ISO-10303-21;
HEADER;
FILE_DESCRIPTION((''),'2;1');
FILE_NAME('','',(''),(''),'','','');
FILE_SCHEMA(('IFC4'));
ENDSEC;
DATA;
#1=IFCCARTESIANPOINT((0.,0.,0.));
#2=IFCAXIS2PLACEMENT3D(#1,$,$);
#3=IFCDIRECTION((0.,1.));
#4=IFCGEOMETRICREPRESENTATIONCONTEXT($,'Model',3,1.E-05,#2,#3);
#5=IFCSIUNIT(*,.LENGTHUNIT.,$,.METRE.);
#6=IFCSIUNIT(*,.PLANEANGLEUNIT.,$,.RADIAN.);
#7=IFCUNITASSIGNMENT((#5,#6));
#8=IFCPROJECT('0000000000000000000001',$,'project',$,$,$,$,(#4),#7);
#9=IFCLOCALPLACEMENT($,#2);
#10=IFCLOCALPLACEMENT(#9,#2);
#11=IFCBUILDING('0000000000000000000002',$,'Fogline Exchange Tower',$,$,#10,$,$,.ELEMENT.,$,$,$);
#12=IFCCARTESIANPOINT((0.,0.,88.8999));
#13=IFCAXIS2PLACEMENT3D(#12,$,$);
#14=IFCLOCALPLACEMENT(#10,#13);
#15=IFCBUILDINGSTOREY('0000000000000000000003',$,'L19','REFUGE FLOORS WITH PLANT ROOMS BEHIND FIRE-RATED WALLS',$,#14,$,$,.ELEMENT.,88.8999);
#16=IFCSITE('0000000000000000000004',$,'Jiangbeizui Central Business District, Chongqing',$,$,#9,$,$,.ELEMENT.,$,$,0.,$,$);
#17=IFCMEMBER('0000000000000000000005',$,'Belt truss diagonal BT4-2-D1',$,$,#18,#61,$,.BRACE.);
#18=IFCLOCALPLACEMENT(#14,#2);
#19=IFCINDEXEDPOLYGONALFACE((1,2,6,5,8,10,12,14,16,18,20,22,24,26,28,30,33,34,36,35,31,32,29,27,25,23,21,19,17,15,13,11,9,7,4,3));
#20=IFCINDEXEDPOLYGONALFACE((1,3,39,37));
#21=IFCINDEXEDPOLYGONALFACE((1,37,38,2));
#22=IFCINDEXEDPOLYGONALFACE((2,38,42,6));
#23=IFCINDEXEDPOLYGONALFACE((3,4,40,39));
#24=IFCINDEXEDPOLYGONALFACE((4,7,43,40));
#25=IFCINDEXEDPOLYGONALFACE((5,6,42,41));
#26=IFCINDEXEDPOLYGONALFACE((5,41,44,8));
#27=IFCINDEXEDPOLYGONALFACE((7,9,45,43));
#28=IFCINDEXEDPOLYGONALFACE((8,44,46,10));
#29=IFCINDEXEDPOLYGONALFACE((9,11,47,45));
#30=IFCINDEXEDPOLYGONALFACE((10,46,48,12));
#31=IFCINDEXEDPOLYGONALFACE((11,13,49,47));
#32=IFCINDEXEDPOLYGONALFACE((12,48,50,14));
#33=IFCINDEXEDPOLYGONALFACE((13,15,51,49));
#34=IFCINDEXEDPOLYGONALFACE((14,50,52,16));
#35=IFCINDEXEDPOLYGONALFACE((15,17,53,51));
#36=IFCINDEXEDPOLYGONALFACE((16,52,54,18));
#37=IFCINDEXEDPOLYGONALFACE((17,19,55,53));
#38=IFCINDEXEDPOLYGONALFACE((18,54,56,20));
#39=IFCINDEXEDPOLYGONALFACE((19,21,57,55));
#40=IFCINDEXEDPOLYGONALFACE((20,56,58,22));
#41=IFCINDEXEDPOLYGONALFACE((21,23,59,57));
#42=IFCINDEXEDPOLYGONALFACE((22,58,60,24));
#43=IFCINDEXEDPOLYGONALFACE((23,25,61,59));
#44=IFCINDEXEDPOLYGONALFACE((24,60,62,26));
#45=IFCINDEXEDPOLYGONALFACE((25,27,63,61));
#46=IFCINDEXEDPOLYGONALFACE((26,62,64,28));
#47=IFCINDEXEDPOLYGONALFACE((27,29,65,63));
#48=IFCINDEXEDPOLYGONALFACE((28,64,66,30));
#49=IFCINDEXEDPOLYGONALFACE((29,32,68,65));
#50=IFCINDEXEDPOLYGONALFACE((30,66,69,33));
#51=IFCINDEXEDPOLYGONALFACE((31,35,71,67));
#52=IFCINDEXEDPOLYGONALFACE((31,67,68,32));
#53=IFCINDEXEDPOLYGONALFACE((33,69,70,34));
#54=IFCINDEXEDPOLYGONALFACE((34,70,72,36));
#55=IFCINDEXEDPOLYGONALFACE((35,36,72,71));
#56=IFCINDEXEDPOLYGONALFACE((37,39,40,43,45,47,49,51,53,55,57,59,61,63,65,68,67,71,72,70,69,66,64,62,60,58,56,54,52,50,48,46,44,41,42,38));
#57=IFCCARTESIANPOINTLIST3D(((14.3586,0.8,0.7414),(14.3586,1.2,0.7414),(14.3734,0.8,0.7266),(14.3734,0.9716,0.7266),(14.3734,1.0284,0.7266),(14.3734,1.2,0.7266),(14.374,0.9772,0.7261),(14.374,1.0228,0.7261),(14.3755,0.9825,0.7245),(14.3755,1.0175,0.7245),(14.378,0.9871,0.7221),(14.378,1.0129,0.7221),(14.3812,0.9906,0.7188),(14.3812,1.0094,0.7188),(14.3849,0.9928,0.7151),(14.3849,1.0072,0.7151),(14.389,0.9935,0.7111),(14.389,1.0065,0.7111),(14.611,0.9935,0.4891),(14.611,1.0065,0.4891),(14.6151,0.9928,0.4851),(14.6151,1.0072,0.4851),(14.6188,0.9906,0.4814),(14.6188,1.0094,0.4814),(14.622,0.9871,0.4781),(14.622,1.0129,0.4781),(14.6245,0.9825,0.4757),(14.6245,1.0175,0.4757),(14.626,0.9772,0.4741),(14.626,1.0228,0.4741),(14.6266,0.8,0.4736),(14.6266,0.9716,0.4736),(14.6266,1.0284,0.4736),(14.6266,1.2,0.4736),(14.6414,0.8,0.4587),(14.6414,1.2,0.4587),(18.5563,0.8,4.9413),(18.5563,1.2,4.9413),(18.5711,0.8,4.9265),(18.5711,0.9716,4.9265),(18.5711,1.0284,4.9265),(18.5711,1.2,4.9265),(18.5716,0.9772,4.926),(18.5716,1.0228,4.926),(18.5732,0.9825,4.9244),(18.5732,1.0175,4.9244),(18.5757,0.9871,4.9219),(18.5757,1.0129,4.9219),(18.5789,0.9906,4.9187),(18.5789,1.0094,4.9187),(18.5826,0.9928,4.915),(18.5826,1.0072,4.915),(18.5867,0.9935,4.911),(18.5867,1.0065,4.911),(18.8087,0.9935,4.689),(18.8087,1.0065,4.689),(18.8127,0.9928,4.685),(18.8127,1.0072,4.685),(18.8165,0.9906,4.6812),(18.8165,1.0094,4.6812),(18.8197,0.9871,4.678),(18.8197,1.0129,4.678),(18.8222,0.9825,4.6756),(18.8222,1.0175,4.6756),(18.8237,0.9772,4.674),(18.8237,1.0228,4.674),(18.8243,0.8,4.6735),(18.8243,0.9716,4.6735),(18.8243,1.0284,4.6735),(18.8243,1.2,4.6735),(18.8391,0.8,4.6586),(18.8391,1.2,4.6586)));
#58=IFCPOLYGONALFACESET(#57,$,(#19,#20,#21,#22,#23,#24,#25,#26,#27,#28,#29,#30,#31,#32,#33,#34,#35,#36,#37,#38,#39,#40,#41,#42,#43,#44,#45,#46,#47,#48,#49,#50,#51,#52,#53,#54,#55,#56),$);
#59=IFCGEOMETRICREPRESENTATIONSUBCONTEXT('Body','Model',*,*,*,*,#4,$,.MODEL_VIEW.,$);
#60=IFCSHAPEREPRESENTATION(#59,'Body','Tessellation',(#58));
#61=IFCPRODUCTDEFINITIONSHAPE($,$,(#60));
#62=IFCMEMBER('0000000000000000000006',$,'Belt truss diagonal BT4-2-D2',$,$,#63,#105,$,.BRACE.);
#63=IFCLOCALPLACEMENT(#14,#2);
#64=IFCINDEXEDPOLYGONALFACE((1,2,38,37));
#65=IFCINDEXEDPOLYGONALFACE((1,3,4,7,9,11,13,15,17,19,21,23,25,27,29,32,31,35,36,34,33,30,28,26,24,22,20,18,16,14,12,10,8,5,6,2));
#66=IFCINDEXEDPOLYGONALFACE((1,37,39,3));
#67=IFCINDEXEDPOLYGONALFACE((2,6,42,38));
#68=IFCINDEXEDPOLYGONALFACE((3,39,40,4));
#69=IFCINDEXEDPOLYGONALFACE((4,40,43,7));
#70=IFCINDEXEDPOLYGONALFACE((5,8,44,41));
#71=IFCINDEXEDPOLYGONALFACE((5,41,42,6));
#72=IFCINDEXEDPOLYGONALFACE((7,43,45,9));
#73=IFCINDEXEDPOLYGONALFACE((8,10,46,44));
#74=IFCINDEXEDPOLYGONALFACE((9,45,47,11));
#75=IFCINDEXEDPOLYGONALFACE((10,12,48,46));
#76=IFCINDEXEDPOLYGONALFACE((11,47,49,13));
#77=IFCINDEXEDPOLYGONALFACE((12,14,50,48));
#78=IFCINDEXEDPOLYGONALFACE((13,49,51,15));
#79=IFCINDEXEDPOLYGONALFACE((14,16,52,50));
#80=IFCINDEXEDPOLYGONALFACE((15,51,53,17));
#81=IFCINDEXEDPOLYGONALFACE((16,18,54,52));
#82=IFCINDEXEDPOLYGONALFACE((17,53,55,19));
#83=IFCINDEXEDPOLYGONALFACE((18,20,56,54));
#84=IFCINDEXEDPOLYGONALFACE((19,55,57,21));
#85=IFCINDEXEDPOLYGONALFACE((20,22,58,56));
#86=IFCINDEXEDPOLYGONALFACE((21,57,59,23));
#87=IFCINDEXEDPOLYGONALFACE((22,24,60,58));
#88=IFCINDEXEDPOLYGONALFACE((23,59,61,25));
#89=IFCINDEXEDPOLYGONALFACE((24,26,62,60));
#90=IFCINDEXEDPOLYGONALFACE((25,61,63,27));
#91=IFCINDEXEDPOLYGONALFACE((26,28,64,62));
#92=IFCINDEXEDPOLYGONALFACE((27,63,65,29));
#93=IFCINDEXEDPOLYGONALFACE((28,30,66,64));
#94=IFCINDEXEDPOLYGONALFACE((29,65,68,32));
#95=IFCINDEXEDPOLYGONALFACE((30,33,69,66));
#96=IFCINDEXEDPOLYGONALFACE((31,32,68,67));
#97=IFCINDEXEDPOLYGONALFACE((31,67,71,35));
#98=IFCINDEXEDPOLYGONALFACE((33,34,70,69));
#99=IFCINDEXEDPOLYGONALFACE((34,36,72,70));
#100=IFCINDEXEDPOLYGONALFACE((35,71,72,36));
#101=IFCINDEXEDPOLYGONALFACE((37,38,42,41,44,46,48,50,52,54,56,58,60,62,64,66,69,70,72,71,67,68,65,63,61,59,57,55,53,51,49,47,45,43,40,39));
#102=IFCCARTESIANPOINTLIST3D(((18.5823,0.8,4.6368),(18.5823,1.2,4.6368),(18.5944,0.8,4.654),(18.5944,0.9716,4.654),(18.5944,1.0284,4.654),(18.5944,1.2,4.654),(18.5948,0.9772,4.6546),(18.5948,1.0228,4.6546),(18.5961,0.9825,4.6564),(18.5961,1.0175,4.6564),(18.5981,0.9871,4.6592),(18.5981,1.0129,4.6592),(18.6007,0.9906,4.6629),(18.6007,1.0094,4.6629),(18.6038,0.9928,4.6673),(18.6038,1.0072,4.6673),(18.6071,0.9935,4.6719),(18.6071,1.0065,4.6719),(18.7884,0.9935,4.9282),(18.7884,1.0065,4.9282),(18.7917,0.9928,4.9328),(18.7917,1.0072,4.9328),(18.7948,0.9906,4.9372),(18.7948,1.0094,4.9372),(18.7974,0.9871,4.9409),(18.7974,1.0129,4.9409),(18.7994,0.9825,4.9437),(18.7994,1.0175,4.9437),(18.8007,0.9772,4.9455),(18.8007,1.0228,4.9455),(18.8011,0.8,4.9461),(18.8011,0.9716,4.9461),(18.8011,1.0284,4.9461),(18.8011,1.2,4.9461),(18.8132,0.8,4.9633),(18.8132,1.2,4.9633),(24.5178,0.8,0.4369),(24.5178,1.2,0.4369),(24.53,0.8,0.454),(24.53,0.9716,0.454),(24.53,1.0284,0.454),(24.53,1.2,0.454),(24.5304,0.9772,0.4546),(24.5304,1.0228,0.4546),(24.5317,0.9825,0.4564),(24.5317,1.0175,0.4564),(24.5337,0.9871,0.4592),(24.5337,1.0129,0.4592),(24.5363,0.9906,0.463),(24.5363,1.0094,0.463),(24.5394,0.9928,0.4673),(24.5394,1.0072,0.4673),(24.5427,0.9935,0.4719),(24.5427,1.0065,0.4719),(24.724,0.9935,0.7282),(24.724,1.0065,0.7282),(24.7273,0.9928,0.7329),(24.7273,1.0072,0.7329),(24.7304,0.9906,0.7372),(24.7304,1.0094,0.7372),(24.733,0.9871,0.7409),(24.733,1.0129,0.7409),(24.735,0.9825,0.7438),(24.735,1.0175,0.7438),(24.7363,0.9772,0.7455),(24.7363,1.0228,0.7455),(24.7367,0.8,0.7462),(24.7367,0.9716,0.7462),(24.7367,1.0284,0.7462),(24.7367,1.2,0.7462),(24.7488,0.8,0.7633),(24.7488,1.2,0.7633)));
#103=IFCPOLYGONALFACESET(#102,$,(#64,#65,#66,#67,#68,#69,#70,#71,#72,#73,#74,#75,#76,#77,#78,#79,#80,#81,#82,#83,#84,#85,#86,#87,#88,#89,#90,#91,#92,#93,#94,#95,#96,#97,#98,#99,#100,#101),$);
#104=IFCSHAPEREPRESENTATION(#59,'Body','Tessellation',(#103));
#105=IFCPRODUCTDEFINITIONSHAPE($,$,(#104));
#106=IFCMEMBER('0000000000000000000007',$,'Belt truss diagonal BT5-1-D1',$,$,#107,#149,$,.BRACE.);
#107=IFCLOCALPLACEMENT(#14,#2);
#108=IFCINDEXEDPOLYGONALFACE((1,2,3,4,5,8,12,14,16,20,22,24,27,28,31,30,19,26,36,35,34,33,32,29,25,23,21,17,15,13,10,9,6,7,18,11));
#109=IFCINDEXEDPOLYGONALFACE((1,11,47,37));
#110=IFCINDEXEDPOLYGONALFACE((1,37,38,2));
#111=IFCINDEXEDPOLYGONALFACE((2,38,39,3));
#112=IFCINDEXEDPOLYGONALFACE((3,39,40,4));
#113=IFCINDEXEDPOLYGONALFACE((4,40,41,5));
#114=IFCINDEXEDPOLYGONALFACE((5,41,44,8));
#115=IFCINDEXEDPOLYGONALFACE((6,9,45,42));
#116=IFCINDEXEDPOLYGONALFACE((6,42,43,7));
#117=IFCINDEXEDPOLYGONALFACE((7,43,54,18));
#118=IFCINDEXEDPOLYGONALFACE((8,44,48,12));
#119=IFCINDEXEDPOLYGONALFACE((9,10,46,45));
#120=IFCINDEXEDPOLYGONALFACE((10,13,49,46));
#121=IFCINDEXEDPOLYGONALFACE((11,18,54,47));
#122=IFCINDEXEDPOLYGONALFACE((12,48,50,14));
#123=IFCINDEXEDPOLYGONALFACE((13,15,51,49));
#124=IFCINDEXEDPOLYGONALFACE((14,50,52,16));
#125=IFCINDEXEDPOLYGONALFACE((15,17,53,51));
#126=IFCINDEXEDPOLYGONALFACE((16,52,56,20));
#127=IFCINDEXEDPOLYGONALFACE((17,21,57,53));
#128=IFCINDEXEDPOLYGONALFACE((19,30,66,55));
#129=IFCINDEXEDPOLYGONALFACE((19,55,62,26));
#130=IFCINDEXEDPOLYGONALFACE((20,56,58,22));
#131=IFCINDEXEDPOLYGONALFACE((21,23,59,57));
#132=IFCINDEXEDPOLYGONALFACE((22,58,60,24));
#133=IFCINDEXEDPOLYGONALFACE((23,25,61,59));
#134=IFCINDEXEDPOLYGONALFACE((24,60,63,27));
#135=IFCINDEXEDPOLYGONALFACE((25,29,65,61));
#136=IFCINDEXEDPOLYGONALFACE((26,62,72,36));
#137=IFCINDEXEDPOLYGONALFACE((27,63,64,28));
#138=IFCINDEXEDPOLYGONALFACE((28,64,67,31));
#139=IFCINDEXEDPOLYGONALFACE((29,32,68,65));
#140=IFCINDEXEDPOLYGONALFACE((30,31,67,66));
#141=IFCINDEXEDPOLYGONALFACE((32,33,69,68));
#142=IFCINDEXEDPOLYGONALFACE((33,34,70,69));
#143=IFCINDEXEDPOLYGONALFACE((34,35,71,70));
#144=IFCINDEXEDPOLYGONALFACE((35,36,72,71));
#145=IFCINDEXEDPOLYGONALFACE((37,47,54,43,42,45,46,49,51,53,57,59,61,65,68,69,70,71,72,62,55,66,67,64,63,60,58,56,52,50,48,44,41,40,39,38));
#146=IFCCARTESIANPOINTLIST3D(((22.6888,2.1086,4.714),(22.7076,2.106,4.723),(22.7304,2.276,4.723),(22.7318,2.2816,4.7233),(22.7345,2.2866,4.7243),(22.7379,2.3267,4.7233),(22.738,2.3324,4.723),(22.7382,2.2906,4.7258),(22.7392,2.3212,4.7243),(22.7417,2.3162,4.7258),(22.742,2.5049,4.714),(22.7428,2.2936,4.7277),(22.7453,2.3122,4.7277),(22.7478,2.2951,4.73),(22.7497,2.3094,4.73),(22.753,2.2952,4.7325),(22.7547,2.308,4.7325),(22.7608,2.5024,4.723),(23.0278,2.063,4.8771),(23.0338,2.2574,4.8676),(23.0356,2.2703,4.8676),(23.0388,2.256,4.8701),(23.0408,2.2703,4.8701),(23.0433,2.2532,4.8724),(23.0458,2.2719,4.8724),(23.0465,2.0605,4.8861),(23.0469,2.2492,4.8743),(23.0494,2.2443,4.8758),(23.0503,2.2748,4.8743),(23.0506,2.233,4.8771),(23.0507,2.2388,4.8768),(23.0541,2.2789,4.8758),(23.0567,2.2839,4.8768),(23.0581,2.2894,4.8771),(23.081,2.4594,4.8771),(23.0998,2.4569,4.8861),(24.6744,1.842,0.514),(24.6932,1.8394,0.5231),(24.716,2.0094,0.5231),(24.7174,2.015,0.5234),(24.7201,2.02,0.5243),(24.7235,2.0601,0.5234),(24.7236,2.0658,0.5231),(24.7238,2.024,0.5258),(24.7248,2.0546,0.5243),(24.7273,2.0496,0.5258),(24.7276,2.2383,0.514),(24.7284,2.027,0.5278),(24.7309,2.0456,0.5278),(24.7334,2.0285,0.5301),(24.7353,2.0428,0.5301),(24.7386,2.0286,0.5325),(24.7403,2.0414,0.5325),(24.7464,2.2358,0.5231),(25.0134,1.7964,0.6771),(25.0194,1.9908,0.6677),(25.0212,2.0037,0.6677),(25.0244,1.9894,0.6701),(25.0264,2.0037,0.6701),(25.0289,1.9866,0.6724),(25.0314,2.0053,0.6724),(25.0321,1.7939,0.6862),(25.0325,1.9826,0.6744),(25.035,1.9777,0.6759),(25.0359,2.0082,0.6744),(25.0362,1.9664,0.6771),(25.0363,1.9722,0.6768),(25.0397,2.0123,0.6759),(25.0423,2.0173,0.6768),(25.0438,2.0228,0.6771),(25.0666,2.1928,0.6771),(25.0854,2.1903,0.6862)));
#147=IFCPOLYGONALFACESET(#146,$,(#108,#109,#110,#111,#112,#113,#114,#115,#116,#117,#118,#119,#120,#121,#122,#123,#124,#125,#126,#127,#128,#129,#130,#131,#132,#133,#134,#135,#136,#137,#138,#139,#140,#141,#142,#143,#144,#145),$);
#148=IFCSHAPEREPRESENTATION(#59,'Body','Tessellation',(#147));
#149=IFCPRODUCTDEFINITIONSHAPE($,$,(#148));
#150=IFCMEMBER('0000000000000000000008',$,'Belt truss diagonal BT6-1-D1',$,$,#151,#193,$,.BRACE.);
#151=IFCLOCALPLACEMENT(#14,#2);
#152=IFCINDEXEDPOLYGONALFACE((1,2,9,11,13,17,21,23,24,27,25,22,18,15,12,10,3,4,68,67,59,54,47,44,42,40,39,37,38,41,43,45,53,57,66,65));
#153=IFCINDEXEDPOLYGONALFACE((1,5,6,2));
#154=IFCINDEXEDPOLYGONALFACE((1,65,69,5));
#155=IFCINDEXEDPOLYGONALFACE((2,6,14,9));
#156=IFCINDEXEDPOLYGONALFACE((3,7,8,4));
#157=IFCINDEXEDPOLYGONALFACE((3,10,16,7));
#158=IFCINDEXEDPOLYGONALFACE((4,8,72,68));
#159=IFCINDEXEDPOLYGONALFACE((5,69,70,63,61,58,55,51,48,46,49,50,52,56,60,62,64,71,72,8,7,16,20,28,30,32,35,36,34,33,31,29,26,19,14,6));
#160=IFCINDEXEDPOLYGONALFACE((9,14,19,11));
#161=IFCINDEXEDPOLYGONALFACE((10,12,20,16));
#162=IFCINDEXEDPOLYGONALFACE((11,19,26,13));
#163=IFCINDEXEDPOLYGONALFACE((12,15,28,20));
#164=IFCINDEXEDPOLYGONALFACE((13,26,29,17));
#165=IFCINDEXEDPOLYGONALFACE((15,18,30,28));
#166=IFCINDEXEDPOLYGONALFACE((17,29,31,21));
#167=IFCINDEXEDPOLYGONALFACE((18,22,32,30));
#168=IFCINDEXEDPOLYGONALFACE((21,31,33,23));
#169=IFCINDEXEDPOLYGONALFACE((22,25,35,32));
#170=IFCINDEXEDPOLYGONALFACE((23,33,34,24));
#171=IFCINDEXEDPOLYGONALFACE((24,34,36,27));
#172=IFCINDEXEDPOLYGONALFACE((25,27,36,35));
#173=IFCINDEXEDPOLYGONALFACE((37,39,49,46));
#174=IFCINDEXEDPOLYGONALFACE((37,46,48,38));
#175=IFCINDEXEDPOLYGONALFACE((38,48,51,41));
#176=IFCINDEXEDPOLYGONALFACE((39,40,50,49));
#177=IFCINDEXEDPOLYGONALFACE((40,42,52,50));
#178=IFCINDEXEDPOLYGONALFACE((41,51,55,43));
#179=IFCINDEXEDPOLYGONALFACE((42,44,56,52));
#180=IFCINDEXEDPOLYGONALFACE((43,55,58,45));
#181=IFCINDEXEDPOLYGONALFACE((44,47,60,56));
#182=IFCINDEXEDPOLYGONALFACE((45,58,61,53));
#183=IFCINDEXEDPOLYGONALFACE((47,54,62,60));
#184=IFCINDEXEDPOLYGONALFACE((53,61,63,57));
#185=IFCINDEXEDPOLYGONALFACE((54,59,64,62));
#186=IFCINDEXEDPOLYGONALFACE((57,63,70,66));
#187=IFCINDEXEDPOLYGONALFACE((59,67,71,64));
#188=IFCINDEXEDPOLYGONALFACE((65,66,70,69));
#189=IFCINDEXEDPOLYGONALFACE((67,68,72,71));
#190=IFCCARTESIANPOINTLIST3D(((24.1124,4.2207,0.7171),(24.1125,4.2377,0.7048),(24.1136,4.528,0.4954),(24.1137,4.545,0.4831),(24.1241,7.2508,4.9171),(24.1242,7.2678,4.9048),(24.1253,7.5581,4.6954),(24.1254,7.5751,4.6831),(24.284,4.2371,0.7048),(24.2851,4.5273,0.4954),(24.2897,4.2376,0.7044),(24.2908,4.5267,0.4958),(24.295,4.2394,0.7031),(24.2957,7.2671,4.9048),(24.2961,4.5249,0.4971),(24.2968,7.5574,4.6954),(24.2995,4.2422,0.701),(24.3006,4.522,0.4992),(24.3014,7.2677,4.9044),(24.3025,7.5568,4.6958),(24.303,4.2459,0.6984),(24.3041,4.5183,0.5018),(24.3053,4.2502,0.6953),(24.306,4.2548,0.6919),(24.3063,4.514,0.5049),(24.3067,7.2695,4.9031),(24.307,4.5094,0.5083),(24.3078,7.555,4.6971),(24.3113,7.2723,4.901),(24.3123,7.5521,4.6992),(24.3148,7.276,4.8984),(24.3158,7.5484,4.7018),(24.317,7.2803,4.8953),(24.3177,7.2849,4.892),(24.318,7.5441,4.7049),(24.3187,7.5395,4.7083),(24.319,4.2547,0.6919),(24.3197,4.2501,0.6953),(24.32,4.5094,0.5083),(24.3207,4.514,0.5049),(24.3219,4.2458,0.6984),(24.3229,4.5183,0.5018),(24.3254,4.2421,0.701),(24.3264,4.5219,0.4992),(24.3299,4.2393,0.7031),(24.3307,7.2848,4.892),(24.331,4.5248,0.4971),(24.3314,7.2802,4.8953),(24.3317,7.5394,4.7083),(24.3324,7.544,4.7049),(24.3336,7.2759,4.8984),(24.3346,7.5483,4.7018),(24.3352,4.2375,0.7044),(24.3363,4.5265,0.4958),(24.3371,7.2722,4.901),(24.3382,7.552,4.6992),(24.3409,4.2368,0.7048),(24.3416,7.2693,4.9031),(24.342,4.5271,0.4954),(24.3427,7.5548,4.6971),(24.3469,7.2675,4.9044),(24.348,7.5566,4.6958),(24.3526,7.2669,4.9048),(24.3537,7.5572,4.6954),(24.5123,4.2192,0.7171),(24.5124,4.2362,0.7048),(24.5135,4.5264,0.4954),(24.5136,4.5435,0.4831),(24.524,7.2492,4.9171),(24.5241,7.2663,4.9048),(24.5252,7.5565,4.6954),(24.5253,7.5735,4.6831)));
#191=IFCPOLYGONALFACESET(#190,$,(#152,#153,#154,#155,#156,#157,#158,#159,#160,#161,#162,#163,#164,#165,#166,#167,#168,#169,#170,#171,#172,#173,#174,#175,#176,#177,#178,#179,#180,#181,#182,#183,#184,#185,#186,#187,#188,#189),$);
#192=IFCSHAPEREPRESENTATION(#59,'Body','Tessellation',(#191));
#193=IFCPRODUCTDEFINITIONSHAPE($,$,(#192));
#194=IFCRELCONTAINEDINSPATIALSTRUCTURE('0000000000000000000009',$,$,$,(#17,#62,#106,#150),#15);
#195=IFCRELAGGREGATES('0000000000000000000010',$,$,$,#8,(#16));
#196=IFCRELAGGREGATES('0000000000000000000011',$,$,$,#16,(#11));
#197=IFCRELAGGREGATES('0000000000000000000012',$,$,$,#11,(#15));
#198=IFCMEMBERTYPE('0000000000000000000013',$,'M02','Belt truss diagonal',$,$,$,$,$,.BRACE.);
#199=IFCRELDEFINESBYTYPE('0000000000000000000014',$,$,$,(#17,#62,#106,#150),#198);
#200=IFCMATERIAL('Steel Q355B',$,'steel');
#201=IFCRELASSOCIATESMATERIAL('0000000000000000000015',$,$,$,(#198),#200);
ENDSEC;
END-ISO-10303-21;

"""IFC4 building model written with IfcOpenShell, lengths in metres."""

from ifc_helpers import new_model, si_unit, direction, frame, origin, origin_2d, place, context, subcontext, project, spatial, i_section, extrude, material, material_profile, profile_set, type_object, element, save


model = new_model("IFC4")

# Units and contexts
model_context = context("Model", 3, precision=1e-05, world=origin(), true_north=direction((0.0, 1.0)))
body_context = subcontext(model_context, "Body", "Model", "MODEL_VIEW")
ifc_project = project(units=[si_unit("LENGTHUNIT", "METRE"), si_unit("PLANEANGLEUNIT", "RADIAN")], contexts=[model_context])

# Site, building, storey
site_placement = place(None, origin())
site = spatial("IfcSite", under=ifc_project, at=site_placement, Name="Jiangbeizui Central Business District, Chongqing", CompositionType="ELEMENT", RefElevation=0.0)
building_placement = place(site_placement, origin())
building = spatial("IfcBuilding", under=site, at=building_placement, Name="Fogline Exchange Tower", CompositionType="ELEMENT")
storey_placement = place(building_placement, frame((0.0, 0.0, 88.8999)))
storey = spatial("IfcBuildingStorey", under=building, at=storey_placement, Name="L19", Description="REFUGE FLOORS WITH PLANT ROOMS BEHIND FIRE-RATED WALLS", CompositionType="ELEMENT", Elevation=88.8999)

# Members
ifc_material_1 = material(Name="Steel Q355B", Category="steel")
ifc_material_profile_1 = material_profile(ifc_material_1, i_section(OverallWidth=0.3999, OverallDepth=0.3999, WebThickness=0.0129, FlangeThickness=0.021, FilletRadius=0.022, at=origin_2d()), Name="HW400X400X13X21")
ifc_profile_set_1 = profile_set([ifc_material_profile_1], Name="Steel Q355B")
member_type_1 = type_object("IfcMemberType", Name="M02", Description="Belt truss diagonal", PredefinedType="BRACE", material=ifc_profile_set_1)
member_1_placement = place(storey_placement, frame((14.5, 1.0, 0.6001), z_axis=(0.706922, 0.0, 0.707292), x_axis=(0.0, 1.0, 0.0)))
element("IfcMember", 1, at=member_1_placement, inside=storey, type_object=member_type_1, Name="Belt truss diagonal BT4-2-D1", PredefinedType="BRACE", context=body_context, shape_type="SweptSolid", body=[
    extrude(i_section(OverallWidth=0.3999, OverallDepth=0.3999, WebThickness=0.0129, FlangeThickness=0.021, FilletRadius=0.022, at=origin_2d()), origin(), (0.0, 0.0, 1.0), 5.938),
])
member_2_placement = place(storey_placement, frame((18.6978, 1.0, 4.8), z_axis=(0.816309, 0.0, -0.577615), x_axis=(0.0, 1.0, 0.0)))
element("IfcMember", 2, at=member_2_placement, inside=storey, type_object=member_type_1, Name="Belt truss diagonal BT4-2-D2", PredefinedType="BRACE", context=body_context, shape_type="SweptSolid", body=[
    extrude(i_section(OverallWidth=0.3999, OverallDepth=0.3999, WebThickness=0.0129, FlangeThickness=0.021, FilletRadius=0.022, at=origin_2d()), origin(), (0.0, 0.0, 1.0), 7.2712),
])
member_3_placement = place(storey_placement, frame((24.8799, 2.0161, 0.6001), z_axis=(-0.426706, 0.057293, 0.902574), x_axis=(-0.133074, -0.991106, 0.0)))
element("IfcMember", 3, at=member_3_placement, inside=storey, type_object=member_type_1, Name="Belt truss diagonal BT5-1-D1", PredefinedType="BRACE", context=body_context, shape_type="SweptSolid", body=[
    extrude(i_section(OverallWidth=0.3999, OverallDepth=0.3999, WebThickness=0.0129, FlangeThickness=0.021, FilletRadius=0.022, at=origin_2d()), origin(), (0.0, 0.0, 1.0), 4.6533),
])
member_4_placement = place(storey_placement, frame((24.313, 4.3821, 0.6001), z_axis=(0.002263, 0.585074, 0.810977), x_axis=(-0.999993, 0.003868, 0.0)))
element("IfcMember", 4, at=member_4_placement, inside=storey, type_object=member_type_1, Name="Belt truss diagonal BT6-1-D1", PredefinedType="BRACE", context=body_context, shape_type="SweptSolid", body=[
    extrude(i_section(OverallWidth=0.3999, OverallDepth=0.3999, WebThickness=0.0129, FlangeThickness=0.021, FilletRadius=0.022, at=origin_2d()), origin(), (0.0, 0.0, 1.0), 5.179),
])

save(model, "model.ifc")
